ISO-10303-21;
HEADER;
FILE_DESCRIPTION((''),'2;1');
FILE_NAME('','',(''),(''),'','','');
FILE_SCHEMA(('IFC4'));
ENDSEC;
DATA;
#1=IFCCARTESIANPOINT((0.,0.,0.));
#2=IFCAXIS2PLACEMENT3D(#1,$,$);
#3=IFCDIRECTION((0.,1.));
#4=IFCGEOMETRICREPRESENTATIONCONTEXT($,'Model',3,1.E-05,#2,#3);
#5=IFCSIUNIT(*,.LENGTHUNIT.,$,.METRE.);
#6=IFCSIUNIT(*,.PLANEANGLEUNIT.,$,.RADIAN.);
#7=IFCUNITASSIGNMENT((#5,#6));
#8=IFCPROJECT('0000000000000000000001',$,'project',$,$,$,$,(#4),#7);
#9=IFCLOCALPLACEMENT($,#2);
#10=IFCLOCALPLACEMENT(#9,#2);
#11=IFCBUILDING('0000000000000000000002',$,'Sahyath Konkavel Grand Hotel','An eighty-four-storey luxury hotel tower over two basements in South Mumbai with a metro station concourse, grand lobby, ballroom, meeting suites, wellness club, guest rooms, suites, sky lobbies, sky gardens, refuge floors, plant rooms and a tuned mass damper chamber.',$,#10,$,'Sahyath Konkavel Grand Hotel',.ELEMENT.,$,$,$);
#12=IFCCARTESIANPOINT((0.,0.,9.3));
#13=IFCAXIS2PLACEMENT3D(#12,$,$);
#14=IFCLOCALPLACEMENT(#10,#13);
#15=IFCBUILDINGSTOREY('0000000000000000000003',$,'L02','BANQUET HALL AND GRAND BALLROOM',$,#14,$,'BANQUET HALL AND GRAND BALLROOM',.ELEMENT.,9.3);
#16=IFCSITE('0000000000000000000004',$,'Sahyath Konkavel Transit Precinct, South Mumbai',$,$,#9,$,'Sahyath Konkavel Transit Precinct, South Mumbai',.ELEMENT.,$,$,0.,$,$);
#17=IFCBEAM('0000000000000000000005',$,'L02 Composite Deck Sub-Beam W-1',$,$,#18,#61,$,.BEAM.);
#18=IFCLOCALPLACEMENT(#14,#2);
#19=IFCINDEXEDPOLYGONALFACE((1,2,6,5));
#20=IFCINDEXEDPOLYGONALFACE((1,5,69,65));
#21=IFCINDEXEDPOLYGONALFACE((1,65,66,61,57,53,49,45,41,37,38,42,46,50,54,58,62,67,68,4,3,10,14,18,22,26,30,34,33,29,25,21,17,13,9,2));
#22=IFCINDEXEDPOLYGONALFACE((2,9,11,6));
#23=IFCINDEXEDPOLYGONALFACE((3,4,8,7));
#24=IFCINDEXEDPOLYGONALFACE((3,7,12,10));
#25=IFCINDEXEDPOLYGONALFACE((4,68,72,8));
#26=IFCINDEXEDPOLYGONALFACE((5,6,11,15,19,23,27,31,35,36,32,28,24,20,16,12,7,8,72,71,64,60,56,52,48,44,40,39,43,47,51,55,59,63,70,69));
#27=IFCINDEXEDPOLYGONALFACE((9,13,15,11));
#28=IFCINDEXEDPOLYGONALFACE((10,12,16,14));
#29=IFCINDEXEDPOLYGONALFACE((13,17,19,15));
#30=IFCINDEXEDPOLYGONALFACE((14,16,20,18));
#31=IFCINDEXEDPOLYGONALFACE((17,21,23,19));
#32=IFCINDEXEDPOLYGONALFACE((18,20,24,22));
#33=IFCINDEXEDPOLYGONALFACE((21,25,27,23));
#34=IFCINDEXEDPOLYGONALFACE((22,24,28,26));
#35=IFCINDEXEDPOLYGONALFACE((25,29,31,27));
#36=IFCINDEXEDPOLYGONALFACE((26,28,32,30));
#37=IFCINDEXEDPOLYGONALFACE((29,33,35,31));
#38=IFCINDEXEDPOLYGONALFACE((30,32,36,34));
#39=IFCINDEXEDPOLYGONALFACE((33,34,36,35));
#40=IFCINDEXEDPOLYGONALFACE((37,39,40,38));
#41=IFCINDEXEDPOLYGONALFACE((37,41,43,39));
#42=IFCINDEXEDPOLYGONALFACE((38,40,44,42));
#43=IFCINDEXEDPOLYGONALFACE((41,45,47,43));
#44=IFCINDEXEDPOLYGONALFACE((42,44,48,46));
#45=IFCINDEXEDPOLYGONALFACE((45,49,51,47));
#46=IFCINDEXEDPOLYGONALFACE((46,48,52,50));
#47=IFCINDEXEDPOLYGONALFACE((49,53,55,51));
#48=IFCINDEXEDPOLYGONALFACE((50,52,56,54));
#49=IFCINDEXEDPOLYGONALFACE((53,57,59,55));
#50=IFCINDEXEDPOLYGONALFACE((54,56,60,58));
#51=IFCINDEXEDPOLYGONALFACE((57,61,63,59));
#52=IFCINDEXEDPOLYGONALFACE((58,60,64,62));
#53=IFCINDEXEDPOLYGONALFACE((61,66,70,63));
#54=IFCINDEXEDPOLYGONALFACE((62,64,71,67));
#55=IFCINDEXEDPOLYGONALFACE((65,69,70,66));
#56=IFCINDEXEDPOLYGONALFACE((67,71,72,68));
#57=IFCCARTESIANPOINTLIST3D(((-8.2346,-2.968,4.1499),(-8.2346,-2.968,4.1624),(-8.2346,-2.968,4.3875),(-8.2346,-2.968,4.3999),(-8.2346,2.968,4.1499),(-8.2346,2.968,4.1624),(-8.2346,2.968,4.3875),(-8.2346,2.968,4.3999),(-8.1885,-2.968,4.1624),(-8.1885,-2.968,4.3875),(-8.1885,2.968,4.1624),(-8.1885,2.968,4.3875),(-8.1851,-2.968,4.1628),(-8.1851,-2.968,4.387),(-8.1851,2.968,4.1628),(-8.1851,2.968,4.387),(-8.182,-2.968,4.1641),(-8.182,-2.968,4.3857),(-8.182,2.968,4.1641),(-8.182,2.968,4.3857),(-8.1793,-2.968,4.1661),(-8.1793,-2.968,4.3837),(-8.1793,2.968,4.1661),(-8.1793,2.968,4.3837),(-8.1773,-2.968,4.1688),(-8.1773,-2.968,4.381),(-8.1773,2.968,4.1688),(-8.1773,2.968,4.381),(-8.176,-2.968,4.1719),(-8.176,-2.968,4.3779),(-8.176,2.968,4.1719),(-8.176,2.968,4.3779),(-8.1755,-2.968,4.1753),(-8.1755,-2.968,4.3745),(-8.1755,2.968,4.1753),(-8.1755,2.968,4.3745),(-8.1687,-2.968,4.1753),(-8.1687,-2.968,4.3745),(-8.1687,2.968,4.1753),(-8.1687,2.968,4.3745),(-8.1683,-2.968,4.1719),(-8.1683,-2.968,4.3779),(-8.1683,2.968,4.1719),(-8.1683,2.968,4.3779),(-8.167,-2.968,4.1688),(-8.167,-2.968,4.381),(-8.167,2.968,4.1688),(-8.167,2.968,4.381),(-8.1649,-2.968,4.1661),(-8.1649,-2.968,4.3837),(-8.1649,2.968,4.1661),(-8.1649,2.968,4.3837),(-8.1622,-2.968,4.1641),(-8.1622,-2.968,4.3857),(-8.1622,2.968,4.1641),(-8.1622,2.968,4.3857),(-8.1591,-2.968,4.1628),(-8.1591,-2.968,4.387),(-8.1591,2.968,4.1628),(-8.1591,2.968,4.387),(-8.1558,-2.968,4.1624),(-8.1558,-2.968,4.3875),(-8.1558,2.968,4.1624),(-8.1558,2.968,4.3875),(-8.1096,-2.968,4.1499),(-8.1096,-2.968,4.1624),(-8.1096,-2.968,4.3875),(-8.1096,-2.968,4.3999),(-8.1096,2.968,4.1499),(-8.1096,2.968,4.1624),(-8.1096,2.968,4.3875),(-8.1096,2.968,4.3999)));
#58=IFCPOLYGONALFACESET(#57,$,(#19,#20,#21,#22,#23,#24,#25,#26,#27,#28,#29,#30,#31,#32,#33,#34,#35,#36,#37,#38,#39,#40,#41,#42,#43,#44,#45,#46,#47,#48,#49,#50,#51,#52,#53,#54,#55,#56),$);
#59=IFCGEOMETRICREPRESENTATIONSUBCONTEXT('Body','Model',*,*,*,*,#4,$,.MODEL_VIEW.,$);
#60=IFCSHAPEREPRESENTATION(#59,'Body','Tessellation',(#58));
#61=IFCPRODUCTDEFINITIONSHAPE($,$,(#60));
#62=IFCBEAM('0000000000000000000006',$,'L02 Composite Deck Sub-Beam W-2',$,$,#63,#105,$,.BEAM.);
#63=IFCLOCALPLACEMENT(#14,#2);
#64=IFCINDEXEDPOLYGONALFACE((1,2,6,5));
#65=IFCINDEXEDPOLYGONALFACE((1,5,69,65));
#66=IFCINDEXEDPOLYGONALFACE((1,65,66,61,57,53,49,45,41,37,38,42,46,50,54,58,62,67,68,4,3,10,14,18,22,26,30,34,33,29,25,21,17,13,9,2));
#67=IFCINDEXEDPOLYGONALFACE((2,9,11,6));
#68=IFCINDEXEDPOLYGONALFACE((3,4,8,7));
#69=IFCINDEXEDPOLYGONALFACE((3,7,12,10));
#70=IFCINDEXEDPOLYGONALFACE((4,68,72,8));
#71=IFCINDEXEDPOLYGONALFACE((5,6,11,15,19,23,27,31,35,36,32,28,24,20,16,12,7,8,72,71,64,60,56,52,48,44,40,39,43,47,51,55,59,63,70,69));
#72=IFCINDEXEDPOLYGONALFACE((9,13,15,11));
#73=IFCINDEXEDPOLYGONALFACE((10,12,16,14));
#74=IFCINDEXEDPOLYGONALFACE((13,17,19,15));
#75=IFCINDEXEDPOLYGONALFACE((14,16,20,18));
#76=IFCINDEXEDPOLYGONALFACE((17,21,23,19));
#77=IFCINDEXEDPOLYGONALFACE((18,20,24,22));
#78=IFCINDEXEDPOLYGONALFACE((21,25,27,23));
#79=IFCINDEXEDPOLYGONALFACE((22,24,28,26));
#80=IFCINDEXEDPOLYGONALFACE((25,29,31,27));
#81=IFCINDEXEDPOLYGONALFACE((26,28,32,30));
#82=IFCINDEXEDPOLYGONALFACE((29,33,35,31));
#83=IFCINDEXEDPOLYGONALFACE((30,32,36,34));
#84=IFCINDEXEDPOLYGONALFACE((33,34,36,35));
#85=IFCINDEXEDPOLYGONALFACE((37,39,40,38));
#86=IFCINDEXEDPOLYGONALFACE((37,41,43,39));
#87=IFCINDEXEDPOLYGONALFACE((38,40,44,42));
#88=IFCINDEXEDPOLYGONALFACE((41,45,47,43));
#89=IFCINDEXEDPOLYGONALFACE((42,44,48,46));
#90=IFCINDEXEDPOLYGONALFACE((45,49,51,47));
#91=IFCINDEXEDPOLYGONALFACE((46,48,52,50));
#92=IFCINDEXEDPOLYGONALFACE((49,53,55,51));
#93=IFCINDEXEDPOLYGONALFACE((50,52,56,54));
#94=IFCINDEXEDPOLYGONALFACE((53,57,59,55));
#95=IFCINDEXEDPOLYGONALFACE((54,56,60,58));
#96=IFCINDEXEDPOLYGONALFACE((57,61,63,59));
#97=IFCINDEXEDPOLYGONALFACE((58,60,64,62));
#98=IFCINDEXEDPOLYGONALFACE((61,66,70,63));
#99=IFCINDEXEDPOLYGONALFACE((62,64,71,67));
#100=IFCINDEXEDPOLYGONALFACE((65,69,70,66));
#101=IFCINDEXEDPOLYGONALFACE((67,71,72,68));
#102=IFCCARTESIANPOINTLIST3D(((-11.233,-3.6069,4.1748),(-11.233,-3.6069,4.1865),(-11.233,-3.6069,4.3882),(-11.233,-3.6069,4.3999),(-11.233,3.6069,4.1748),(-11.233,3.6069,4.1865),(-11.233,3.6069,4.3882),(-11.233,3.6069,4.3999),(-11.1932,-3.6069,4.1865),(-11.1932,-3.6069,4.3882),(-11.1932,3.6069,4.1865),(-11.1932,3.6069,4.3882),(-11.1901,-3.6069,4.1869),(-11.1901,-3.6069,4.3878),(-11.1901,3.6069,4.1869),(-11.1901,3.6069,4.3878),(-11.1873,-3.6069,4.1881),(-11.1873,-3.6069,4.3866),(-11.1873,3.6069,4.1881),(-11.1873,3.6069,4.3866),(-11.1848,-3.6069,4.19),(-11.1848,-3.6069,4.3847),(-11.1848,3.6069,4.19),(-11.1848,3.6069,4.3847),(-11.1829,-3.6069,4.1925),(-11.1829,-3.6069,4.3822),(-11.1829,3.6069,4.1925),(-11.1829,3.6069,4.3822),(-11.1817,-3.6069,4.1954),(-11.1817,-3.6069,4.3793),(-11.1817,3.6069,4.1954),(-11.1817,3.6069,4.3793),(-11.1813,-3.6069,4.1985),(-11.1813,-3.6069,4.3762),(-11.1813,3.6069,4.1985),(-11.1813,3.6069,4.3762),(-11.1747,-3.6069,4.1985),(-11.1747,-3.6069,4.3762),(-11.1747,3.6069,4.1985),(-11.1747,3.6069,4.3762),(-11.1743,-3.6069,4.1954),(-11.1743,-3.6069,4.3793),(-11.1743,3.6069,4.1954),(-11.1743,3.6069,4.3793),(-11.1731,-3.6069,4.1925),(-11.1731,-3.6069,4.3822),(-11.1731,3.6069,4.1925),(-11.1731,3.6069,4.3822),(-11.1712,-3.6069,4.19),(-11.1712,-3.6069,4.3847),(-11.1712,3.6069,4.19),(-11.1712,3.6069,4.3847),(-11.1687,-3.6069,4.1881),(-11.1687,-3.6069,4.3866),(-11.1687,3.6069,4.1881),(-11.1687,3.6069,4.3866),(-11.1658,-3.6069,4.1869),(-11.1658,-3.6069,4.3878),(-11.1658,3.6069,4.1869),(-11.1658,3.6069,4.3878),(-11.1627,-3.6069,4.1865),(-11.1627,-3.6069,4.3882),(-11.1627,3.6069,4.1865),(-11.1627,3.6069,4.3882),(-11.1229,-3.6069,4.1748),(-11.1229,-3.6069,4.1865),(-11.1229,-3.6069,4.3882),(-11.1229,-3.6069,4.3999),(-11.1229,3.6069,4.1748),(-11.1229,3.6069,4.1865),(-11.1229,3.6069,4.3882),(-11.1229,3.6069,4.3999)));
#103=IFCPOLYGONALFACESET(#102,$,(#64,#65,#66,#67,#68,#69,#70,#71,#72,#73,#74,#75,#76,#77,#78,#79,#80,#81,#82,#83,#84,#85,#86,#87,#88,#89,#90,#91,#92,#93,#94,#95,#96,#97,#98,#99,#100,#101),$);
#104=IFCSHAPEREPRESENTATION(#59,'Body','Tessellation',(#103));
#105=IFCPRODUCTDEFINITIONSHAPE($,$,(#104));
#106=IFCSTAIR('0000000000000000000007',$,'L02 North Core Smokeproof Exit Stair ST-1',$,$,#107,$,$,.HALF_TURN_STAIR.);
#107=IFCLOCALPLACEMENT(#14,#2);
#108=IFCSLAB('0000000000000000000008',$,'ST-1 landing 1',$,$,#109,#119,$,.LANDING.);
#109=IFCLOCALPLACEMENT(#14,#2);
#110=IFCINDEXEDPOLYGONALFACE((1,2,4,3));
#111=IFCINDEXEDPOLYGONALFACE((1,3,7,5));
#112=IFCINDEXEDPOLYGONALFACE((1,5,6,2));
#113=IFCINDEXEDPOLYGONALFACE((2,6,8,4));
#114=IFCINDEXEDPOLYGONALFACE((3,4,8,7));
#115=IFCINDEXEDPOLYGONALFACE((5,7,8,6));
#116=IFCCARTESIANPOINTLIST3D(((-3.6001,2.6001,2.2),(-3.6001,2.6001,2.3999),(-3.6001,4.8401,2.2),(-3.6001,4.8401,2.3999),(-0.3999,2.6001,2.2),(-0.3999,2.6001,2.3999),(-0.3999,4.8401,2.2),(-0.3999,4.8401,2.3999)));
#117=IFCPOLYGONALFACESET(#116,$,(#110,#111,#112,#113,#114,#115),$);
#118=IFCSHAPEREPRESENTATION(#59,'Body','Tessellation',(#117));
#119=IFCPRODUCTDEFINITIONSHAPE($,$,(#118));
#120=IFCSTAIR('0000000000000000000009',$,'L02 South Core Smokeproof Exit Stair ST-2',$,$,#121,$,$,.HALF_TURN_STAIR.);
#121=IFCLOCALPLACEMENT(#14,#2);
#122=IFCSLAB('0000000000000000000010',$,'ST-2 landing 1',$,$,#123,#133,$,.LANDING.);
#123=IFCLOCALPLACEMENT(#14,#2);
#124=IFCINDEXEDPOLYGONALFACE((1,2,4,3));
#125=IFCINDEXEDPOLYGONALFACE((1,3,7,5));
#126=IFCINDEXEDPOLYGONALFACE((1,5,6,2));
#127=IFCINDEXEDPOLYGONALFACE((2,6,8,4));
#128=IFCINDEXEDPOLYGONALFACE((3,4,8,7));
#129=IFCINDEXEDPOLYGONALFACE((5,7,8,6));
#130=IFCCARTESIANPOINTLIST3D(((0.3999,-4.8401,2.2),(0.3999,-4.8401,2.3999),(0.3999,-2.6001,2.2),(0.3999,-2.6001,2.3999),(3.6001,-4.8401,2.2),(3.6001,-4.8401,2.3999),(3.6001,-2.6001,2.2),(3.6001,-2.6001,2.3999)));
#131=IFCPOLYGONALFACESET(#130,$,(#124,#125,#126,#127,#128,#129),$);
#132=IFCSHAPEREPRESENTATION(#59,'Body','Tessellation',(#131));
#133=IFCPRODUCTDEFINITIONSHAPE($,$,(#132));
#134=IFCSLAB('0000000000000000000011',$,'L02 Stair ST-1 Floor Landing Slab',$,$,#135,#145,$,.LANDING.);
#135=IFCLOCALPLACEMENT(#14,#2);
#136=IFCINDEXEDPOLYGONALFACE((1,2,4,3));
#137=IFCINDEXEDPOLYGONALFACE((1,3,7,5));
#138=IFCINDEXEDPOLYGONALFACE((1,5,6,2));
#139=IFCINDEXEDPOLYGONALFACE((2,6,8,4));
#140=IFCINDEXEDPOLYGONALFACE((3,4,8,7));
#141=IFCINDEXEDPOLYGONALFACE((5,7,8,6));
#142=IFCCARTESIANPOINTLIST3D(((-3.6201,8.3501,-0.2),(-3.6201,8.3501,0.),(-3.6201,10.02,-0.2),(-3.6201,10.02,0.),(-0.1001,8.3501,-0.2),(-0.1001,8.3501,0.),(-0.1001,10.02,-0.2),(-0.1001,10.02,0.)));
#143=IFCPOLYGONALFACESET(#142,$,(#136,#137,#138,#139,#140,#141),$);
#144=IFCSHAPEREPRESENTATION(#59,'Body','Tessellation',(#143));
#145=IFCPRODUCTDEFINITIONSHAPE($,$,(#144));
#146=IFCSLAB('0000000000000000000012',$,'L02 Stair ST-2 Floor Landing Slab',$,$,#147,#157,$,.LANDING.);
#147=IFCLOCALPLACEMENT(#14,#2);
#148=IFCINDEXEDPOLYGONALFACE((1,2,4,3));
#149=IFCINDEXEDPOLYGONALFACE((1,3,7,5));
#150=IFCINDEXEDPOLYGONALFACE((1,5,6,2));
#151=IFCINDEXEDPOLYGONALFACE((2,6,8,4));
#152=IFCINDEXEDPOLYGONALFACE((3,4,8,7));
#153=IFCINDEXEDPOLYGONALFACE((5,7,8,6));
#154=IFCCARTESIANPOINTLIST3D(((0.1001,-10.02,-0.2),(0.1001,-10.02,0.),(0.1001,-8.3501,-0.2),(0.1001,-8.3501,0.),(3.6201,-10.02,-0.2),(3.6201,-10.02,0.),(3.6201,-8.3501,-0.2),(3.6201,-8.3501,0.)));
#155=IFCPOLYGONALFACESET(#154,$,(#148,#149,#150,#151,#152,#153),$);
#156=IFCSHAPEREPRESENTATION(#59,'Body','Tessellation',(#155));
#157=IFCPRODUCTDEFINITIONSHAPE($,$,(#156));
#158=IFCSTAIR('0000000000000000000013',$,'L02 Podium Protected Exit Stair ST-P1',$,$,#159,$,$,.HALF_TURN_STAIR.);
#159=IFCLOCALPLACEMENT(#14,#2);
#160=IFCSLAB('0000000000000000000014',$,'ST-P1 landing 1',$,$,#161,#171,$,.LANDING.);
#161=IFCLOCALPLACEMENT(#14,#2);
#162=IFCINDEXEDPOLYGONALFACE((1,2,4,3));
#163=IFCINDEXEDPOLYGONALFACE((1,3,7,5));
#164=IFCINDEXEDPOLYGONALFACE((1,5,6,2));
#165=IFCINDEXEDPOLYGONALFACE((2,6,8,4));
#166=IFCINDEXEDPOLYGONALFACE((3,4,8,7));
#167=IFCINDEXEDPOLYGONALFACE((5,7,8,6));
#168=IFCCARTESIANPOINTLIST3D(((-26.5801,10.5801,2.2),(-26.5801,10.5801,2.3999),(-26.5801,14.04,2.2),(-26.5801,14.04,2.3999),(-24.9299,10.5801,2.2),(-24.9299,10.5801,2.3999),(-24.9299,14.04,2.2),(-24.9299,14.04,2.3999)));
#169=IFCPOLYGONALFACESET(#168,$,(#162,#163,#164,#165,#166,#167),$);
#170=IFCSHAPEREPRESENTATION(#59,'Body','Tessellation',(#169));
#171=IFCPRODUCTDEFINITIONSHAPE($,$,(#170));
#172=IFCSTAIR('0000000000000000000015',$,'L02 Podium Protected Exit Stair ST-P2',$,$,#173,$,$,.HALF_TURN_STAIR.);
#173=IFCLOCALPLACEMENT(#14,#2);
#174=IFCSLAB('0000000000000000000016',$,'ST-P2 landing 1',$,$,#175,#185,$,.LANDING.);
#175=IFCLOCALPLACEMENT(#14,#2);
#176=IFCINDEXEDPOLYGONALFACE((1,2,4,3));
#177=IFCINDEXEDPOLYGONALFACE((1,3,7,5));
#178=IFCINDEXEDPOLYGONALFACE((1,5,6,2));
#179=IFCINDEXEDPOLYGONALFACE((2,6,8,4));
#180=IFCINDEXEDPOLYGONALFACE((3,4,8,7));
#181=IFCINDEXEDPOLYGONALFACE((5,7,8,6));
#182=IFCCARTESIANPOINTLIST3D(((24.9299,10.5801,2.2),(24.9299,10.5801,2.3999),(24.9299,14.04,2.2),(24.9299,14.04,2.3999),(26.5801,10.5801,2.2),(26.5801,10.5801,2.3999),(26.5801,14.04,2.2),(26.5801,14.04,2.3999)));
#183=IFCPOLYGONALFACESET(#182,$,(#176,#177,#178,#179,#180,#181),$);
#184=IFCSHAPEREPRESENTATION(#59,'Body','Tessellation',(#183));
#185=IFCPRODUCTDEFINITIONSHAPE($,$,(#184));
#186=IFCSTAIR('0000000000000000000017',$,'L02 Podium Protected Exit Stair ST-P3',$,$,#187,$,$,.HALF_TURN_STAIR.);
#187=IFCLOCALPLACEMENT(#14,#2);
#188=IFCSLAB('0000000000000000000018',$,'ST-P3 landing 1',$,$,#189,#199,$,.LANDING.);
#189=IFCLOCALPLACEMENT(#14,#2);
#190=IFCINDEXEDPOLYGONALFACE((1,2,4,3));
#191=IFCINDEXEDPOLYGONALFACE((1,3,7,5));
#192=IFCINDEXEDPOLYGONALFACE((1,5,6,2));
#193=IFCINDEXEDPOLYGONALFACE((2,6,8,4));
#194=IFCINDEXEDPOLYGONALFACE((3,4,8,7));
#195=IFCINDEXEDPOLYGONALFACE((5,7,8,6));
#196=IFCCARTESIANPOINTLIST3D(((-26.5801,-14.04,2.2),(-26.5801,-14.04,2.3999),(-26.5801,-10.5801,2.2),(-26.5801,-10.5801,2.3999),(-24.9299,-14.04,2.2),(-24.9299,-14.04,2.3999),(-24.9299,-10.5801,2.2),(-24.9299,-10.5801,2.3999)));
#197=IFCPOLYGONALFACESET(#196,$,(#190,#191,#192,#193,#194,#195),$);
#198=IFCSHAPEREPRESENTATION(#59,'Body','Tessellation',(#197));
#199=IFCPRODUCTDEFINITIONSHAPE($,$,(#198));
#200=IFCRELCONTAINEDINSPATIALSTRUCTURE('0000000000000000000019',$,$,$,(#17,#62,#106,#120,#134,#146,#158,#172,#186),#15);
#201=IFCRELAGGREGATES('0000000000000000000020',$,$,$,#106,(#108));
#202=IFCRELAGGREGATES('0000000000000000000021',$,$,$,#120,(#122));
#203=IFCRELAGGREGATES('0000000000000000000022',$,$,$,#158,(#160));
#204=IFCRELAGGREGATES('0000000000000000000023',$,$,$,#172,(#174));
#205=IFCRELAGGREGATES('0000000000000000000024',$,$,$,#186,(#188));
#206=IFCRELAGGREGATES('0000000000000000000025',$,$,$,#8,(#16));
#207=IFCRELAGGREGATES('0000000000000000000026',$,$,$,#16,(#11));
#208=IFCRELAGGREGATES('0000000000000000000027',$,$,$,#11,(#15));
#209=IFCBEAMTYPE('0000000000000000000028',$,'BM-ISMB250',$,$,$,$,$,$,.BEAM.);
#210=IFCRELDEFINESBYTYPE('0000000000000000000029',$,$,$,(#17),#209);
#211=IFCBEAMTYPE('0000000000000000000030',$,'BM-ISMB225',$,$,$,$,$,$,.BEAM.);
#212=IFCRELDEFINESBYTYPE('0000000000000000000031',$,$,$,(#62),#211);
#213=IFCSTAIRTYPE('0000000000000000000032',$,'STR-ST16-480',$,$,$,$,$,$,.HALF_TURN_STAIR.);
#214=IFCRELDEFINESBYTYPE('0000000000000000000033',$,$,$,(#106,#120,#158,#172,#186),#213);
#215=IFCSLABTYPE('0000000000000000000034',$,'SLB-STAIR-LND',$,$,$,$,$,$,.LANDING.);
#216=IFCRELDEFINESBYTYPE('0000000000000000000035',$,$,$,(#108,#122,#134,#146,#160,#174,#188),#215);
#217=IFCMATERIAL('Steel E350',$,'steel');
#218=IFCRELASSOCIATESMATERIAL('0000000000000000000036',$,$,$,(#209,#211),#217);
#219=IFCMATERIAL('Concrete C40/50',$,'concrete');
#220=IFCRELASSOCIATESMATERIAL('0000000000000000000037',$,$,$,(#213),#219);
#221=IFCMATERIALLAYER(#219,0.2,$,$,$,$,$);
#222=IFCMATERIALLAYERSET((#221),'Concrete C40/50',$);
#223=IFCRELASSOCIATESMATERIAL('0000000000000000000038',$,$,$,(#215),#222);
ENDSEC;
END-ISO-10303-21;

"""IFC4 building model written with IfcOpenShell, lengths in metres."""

from ifc_helpers import new_model, si_unit, direction, frame, origin, origin_2d, place, context, subcontext, project, spatial, polyline, i_section, outline, extrude, source, transform, mapped, material, layer, layer_set, material_profile, profile_set, type_object, element, aggregate, save


model = new_model("IFC4")

# Units and contexts
model_context = context("Model", 3, precision=1e-05, world=origin(), true_north=direction((0.0, 1.0)))
body_context = subcontext(model_context, "Body", "Model", "MODEL_VIEW")
ifc_project = project(units=[si_unit("LENGTHUNIT", "METRE"), si_unit("PLANEANGLEUNIT", "RADIAN")], contexts=[model_context])

# Site, building, storey
site_placement = place(None, origin())
site = spatial("IfcSite", under=ifc_project, at=site_placement, Name="Sahyath Konkavel Transit Precinct, South Mumbai", LongName="Sahyath Konkavel Transit Precinct, South Mumbai", CompositionType="ELEMENT", RefElevation=0.0)
building_placement = place(site_placement, origin())
building = spatial("IfcBuilding", under=site, at=building_placement, Name="Sahyath Konkavel Grand Hotel", Description="An eighty-four-storey luxury hotel tower over two basements in South Mumbai with a metro station concourse, grand lobby, ballroom, meeting suites, wellness club, guest rooms, suites, sky lobbies, sky gardens, refuge floors, plant rooms and a tuned mass damper chamber.", LongName="Sahyath Konkavel Grand Hotel", CompositionType="ELEMENT")
storey_placement = place(building_placement, frame((0.0, 0.0, 9.3)))
storey = spatial("IfcBuildingStorey", under=building, at=storey_placement, Name="L02", Description="BANQUET HALL AND GRAND BALLROOM", LongName="BANQUET HALL AND GRAND BALLROOM", CompositionType="ELEMENT", Elevation=9.3)

# Beams
ifc_material_1 = material(Name="Steel E350", Category="steel")
ifc_material_profile_1 = material_profile(ifc_material_1, i_section(OverallWidth=0.125, OverallDepth=0.25, WebThickness=0.0068, FlangeThickness=0.0125, FilletRadius=0.0129, at=origin_2d()), Name="ISMB 250")
ifc_profile_set_1 = profile_set([ifc_material_profile_1], Name="Steel E350")
beam_type_1 = type_object("IfcBeamType", Name="BM-ISMB250", PredefinedType="BEAM", material=ifc_profile_set_1)
shared_shape_1 = source(origin(), body_context, "Body", "SweptSolid", [
    extrude(i_section(OverallWidth=0.125, OverallDepth=0.25, WebThickness=0.0068, FlangeThickness=0.0125, FilletRadius=0.0129, at=origin_2d()), origin(), (0.0, 0.0, 1.0), 5.936),
])
beam_1_placement = place(storey_placement, frame((-8.1721, 2.968, 4.2749), z_axis=(0.0, -1.0, 0.0), x_axis=(1.0, 0.0, 0.0)))
element("IfcBeam", 1, at=beam_1_placement, inside=storey, type_object=beam_type_1, Name="L02 Composite Deck Sub-Beam W-1", PredefinedType="BEAM", context=body_context, shape_type="MappedRepresentation", body=[
    mapped(shared_shape_1, transform((0.0, 0.0, 0.0), scale=1.0)),
])
ifc_material_profile_2 = material_profile(ifc_material_1, i_section(OverallWidth=0.1101, OverallDepth=0.2251, WebThickness=0.0066, FlangeThickness=0.0117, FilletRadius=0.012, at=origin_2d()), Name="ISMB 225")
ifc_profile_set_2 = profile_set([ifc_material_profile_2], Name="Steel E350")
beam_type_2 = type_object("IfcBeamType", Name="BM-ISMB225", PredefinedType="BEAM", material=ifc_profile_set_2)
shared_shape_2 = source(origin(), body_context, "Body", "SweptSolid", [
    extrude(i_section(OverallWidth=0.1101, OverallDepth=0.2251, WebThickness=0.0066, FlangeThickness=0.0117, FilletRadius=0.012, at=origin_2d()), origin(), (0.0, 0.0, 1.0), 7.2139),
])
beam_2_placement = place(storey_placement, frame((-11.178, 3.6069, 4.2874), z_axis=(0.0, -1.0, 0.0), x_axis=(1.0, 0.0, 0.0)))
element("IfcBeam", 2, at=beam_2_placement, inside=storey, type_object=beam_type_2, Name="L02 Composite Deck Sub-Beam W-2", PredefinedType="BEAM", context=body_context, shape_type="MappedRepresentation", body=[
    mapped(shared_shape_2, transform((0.0, 0.0, 0.0), scale=1.0)),
])

# Stairs, slabs
ifc_material_2 = material(Name="Concrete C40/50", Category="concrete")
stair_type = type_object("IfcStairType", Name="STR-ST16-480", PredefinedType="HALF_TURN_STAIR", material=ifc_material_2)
stair_1_placement = place(storey_placement, origin())
stair_1 = element("IfcStair", 3, at=stair_1_placement, inside=storey, type_object=stair_type, Name="L02 North Core Smokeproof Exit Stair ST-1", PredefinedType="HALF_TURN_STAIR")
ifc_layer_1 = layer(ifc_material_2, 0.2)
ifc_layer_set_1 = layer_set([ifc_layer_1], Name="Concrete C40/50")
slab_type = type_object("IfcSlabType", Name="SLB-STAIR-LND", PredefinedType="LANDING", material=ifc_layer_set_1)
slab_1_placement = place(storey_placement, frame((0.0, 0.0, 2.2)))
slab_1 = element("IfcSlab", 4, at=slab_1_placement, type_object=slab_type, Name="ST-1 landing 1", PredefinedType="LANDING", context=body_context, shape_type="SweptSolid", body=[
    extrude(outline(polyline([(-3.6001, 4.8401), (-3.6001, 2.6001), (-0.3999, 2.6001), (-0.3999, 4.8401), (-3.6001, 4.8401)])), origin(), (0.0, 0.0, 1.0), 0.2),
])
aggregate(stair_1, [slab_1])
stair_2_placement = place(storey_placement, origin())
stair_2 = element("IfcStair", 5, at=stair_2_placement, inside=storey, type_object=stair_type, Name="L02 South Core Smokeproof Exit Stair ST-2", PredefinedType="HALF_TURN_STAIR")
slab_2_placement = place(storey_placement, frame((0.0, 0.0, 2.2)))
slab_2 = element("IfcSlab", 6, at=slab_2_placement, type_object=slab_type, Name="ST-2 landing 1", PredefinedType="LANDING", context=body_context, shape_type="SweptSolid", body=[
    extrude(outline(polyline([(3.6001, -4.8401), (3.6001, -2.6001), (0.3999, -2.6001), (0.3999, -4.8401), (3.6001, -4.8401)])), origin(), (0.0, 0.0, 1.0), 0.2),
])
aggregate(stair_2, [slab_2])

# Slabs
slab_3_placement = place(storey_placement, frame((0.0, 0.0, -0.2)))
element("IfcSlab", 7, at=slab_3_placement, inside=storey, type_object=slab_type, Name="L02 Stair ST-1 Floor Landing Slab", PredefinedType="LANDING", context=body_context, shape_type="SweptSolid", body=[
    extrude(outline(polyline([(-3.6201, 8.3501), (-0.1001, 8.3501), (-0.1001, 10.02), (-3.6201, 10.02), (-3.6201, 8.3501)])), origin(), (0.0, 0.0, 1.0), 0.2),
])
slab_4_placement = place(storey_placement, frame((0.0, 0.0, -0.2)))
element("IfcSlab", 8, at=slab_4_placement, inside=storey, type_object=slab_type, Name="L02 Stair ST-2 Floor Landing Slab", PredefinedType="LANDING", context=body_context, shape_type="SweptSolid", body=[
    extrude(outline(polyline([(0.1001, -10.02), (3.6201, -10.02), (3.6201, -8.3501), (0.1001, -8.3501), (0.1001, -10.02)])), origin(), (0.0, 0.0, 1.0), 0.2),
])

# Stairs, slabs
stair_3_placement = place(storey_placement, origin())
stair_3 = element("IfcStair", 9, at=stair_3_placement, inside=storey, type_object=stair_type, Name="L02 Podium Protected Exit Stair ST-P1", PredefinedType="HALF_TURN_STAIR")
slab_5_placement = place(storey_placement, frame((0.0, 0.0, 2.2)))
slab_5 = element("IfcSlab", 10, at=slab_5_placement, type_object=slab_type, Name="ST-P1 landing 1", PredefinedType="LANDING", context=body_context, shape_type="SweptSolid", body=[
    extrude(outline(polyline([(-24.9299, 14.04), (-26.5801, 14.04), (-26.5801, 10.5801), (-24.9299, 10.5801), (-24.9299, 14.04)])), origin(), (0.0, 0.0, 1.0), 0.2),
])
aggregate(stair_3, [slab_5])
stair_4_placement = place(storey_placement, origin())
stair_4 = element("IfcStair", 11, at=stair_4_placement, inside=storey, type_object=stair_type, Name="L02 Podium Protected Exit Stair ST-P2", PredefinedType="HALF_TURN_STAIR")
slab_6_placement = place(storey_placement, frame((0.0, 0.0, 2.2)))
slab_6 = element("IfcSlab", 12, at=slab_6_placement, type_object=slab_type, Name="ST-P2 landing 1", PredefinedType="LANDING", context=body_context, shape_type="SweptSolid", body=[
    extrude(outline(polyline([(24.9299, 10.5801), (26.5801, 10.5801), (26.5801, 14.04), (24.9299, 14.04), (24.9299, 10.5801)])), origin(), (0.0, 0.0, 1.0), 0.2),
])
aggregate(stair_4, [slab_6])
stair_5_placement = place(storey_placement, origin())
stair_5 = element("IfcStair", 13, at=stair_5_placement, inside=storey, type_object=stair_type, Name="L02 Podium Protected Exit Stair ST-P3", PredefinedType="HALF_TURN_STAIR")
slab_7_placement = place(storey_placement, frame((0.0, 0.0, 2.2)))
slab_7 = element("IfcSlab", 14, at=slab_7_placement, type_object=slab_type, Name="ST-P3 landing 1", PredefinedType="LANDING", context=body_context, shape_type="SweptSolid", body=[
    extrude(outline(polyline([(-24.9299, -10.5801), (-26.5801, -10.5801), (-26.5801, -14.04), (-24.9299, -14.04), (-24.9299, -10.5801)])), origin(), (0.0, 0.0, 1.0), 0.2),
])
aggregate(stair_5, [slab_7])

save(model, "model.ifc")
